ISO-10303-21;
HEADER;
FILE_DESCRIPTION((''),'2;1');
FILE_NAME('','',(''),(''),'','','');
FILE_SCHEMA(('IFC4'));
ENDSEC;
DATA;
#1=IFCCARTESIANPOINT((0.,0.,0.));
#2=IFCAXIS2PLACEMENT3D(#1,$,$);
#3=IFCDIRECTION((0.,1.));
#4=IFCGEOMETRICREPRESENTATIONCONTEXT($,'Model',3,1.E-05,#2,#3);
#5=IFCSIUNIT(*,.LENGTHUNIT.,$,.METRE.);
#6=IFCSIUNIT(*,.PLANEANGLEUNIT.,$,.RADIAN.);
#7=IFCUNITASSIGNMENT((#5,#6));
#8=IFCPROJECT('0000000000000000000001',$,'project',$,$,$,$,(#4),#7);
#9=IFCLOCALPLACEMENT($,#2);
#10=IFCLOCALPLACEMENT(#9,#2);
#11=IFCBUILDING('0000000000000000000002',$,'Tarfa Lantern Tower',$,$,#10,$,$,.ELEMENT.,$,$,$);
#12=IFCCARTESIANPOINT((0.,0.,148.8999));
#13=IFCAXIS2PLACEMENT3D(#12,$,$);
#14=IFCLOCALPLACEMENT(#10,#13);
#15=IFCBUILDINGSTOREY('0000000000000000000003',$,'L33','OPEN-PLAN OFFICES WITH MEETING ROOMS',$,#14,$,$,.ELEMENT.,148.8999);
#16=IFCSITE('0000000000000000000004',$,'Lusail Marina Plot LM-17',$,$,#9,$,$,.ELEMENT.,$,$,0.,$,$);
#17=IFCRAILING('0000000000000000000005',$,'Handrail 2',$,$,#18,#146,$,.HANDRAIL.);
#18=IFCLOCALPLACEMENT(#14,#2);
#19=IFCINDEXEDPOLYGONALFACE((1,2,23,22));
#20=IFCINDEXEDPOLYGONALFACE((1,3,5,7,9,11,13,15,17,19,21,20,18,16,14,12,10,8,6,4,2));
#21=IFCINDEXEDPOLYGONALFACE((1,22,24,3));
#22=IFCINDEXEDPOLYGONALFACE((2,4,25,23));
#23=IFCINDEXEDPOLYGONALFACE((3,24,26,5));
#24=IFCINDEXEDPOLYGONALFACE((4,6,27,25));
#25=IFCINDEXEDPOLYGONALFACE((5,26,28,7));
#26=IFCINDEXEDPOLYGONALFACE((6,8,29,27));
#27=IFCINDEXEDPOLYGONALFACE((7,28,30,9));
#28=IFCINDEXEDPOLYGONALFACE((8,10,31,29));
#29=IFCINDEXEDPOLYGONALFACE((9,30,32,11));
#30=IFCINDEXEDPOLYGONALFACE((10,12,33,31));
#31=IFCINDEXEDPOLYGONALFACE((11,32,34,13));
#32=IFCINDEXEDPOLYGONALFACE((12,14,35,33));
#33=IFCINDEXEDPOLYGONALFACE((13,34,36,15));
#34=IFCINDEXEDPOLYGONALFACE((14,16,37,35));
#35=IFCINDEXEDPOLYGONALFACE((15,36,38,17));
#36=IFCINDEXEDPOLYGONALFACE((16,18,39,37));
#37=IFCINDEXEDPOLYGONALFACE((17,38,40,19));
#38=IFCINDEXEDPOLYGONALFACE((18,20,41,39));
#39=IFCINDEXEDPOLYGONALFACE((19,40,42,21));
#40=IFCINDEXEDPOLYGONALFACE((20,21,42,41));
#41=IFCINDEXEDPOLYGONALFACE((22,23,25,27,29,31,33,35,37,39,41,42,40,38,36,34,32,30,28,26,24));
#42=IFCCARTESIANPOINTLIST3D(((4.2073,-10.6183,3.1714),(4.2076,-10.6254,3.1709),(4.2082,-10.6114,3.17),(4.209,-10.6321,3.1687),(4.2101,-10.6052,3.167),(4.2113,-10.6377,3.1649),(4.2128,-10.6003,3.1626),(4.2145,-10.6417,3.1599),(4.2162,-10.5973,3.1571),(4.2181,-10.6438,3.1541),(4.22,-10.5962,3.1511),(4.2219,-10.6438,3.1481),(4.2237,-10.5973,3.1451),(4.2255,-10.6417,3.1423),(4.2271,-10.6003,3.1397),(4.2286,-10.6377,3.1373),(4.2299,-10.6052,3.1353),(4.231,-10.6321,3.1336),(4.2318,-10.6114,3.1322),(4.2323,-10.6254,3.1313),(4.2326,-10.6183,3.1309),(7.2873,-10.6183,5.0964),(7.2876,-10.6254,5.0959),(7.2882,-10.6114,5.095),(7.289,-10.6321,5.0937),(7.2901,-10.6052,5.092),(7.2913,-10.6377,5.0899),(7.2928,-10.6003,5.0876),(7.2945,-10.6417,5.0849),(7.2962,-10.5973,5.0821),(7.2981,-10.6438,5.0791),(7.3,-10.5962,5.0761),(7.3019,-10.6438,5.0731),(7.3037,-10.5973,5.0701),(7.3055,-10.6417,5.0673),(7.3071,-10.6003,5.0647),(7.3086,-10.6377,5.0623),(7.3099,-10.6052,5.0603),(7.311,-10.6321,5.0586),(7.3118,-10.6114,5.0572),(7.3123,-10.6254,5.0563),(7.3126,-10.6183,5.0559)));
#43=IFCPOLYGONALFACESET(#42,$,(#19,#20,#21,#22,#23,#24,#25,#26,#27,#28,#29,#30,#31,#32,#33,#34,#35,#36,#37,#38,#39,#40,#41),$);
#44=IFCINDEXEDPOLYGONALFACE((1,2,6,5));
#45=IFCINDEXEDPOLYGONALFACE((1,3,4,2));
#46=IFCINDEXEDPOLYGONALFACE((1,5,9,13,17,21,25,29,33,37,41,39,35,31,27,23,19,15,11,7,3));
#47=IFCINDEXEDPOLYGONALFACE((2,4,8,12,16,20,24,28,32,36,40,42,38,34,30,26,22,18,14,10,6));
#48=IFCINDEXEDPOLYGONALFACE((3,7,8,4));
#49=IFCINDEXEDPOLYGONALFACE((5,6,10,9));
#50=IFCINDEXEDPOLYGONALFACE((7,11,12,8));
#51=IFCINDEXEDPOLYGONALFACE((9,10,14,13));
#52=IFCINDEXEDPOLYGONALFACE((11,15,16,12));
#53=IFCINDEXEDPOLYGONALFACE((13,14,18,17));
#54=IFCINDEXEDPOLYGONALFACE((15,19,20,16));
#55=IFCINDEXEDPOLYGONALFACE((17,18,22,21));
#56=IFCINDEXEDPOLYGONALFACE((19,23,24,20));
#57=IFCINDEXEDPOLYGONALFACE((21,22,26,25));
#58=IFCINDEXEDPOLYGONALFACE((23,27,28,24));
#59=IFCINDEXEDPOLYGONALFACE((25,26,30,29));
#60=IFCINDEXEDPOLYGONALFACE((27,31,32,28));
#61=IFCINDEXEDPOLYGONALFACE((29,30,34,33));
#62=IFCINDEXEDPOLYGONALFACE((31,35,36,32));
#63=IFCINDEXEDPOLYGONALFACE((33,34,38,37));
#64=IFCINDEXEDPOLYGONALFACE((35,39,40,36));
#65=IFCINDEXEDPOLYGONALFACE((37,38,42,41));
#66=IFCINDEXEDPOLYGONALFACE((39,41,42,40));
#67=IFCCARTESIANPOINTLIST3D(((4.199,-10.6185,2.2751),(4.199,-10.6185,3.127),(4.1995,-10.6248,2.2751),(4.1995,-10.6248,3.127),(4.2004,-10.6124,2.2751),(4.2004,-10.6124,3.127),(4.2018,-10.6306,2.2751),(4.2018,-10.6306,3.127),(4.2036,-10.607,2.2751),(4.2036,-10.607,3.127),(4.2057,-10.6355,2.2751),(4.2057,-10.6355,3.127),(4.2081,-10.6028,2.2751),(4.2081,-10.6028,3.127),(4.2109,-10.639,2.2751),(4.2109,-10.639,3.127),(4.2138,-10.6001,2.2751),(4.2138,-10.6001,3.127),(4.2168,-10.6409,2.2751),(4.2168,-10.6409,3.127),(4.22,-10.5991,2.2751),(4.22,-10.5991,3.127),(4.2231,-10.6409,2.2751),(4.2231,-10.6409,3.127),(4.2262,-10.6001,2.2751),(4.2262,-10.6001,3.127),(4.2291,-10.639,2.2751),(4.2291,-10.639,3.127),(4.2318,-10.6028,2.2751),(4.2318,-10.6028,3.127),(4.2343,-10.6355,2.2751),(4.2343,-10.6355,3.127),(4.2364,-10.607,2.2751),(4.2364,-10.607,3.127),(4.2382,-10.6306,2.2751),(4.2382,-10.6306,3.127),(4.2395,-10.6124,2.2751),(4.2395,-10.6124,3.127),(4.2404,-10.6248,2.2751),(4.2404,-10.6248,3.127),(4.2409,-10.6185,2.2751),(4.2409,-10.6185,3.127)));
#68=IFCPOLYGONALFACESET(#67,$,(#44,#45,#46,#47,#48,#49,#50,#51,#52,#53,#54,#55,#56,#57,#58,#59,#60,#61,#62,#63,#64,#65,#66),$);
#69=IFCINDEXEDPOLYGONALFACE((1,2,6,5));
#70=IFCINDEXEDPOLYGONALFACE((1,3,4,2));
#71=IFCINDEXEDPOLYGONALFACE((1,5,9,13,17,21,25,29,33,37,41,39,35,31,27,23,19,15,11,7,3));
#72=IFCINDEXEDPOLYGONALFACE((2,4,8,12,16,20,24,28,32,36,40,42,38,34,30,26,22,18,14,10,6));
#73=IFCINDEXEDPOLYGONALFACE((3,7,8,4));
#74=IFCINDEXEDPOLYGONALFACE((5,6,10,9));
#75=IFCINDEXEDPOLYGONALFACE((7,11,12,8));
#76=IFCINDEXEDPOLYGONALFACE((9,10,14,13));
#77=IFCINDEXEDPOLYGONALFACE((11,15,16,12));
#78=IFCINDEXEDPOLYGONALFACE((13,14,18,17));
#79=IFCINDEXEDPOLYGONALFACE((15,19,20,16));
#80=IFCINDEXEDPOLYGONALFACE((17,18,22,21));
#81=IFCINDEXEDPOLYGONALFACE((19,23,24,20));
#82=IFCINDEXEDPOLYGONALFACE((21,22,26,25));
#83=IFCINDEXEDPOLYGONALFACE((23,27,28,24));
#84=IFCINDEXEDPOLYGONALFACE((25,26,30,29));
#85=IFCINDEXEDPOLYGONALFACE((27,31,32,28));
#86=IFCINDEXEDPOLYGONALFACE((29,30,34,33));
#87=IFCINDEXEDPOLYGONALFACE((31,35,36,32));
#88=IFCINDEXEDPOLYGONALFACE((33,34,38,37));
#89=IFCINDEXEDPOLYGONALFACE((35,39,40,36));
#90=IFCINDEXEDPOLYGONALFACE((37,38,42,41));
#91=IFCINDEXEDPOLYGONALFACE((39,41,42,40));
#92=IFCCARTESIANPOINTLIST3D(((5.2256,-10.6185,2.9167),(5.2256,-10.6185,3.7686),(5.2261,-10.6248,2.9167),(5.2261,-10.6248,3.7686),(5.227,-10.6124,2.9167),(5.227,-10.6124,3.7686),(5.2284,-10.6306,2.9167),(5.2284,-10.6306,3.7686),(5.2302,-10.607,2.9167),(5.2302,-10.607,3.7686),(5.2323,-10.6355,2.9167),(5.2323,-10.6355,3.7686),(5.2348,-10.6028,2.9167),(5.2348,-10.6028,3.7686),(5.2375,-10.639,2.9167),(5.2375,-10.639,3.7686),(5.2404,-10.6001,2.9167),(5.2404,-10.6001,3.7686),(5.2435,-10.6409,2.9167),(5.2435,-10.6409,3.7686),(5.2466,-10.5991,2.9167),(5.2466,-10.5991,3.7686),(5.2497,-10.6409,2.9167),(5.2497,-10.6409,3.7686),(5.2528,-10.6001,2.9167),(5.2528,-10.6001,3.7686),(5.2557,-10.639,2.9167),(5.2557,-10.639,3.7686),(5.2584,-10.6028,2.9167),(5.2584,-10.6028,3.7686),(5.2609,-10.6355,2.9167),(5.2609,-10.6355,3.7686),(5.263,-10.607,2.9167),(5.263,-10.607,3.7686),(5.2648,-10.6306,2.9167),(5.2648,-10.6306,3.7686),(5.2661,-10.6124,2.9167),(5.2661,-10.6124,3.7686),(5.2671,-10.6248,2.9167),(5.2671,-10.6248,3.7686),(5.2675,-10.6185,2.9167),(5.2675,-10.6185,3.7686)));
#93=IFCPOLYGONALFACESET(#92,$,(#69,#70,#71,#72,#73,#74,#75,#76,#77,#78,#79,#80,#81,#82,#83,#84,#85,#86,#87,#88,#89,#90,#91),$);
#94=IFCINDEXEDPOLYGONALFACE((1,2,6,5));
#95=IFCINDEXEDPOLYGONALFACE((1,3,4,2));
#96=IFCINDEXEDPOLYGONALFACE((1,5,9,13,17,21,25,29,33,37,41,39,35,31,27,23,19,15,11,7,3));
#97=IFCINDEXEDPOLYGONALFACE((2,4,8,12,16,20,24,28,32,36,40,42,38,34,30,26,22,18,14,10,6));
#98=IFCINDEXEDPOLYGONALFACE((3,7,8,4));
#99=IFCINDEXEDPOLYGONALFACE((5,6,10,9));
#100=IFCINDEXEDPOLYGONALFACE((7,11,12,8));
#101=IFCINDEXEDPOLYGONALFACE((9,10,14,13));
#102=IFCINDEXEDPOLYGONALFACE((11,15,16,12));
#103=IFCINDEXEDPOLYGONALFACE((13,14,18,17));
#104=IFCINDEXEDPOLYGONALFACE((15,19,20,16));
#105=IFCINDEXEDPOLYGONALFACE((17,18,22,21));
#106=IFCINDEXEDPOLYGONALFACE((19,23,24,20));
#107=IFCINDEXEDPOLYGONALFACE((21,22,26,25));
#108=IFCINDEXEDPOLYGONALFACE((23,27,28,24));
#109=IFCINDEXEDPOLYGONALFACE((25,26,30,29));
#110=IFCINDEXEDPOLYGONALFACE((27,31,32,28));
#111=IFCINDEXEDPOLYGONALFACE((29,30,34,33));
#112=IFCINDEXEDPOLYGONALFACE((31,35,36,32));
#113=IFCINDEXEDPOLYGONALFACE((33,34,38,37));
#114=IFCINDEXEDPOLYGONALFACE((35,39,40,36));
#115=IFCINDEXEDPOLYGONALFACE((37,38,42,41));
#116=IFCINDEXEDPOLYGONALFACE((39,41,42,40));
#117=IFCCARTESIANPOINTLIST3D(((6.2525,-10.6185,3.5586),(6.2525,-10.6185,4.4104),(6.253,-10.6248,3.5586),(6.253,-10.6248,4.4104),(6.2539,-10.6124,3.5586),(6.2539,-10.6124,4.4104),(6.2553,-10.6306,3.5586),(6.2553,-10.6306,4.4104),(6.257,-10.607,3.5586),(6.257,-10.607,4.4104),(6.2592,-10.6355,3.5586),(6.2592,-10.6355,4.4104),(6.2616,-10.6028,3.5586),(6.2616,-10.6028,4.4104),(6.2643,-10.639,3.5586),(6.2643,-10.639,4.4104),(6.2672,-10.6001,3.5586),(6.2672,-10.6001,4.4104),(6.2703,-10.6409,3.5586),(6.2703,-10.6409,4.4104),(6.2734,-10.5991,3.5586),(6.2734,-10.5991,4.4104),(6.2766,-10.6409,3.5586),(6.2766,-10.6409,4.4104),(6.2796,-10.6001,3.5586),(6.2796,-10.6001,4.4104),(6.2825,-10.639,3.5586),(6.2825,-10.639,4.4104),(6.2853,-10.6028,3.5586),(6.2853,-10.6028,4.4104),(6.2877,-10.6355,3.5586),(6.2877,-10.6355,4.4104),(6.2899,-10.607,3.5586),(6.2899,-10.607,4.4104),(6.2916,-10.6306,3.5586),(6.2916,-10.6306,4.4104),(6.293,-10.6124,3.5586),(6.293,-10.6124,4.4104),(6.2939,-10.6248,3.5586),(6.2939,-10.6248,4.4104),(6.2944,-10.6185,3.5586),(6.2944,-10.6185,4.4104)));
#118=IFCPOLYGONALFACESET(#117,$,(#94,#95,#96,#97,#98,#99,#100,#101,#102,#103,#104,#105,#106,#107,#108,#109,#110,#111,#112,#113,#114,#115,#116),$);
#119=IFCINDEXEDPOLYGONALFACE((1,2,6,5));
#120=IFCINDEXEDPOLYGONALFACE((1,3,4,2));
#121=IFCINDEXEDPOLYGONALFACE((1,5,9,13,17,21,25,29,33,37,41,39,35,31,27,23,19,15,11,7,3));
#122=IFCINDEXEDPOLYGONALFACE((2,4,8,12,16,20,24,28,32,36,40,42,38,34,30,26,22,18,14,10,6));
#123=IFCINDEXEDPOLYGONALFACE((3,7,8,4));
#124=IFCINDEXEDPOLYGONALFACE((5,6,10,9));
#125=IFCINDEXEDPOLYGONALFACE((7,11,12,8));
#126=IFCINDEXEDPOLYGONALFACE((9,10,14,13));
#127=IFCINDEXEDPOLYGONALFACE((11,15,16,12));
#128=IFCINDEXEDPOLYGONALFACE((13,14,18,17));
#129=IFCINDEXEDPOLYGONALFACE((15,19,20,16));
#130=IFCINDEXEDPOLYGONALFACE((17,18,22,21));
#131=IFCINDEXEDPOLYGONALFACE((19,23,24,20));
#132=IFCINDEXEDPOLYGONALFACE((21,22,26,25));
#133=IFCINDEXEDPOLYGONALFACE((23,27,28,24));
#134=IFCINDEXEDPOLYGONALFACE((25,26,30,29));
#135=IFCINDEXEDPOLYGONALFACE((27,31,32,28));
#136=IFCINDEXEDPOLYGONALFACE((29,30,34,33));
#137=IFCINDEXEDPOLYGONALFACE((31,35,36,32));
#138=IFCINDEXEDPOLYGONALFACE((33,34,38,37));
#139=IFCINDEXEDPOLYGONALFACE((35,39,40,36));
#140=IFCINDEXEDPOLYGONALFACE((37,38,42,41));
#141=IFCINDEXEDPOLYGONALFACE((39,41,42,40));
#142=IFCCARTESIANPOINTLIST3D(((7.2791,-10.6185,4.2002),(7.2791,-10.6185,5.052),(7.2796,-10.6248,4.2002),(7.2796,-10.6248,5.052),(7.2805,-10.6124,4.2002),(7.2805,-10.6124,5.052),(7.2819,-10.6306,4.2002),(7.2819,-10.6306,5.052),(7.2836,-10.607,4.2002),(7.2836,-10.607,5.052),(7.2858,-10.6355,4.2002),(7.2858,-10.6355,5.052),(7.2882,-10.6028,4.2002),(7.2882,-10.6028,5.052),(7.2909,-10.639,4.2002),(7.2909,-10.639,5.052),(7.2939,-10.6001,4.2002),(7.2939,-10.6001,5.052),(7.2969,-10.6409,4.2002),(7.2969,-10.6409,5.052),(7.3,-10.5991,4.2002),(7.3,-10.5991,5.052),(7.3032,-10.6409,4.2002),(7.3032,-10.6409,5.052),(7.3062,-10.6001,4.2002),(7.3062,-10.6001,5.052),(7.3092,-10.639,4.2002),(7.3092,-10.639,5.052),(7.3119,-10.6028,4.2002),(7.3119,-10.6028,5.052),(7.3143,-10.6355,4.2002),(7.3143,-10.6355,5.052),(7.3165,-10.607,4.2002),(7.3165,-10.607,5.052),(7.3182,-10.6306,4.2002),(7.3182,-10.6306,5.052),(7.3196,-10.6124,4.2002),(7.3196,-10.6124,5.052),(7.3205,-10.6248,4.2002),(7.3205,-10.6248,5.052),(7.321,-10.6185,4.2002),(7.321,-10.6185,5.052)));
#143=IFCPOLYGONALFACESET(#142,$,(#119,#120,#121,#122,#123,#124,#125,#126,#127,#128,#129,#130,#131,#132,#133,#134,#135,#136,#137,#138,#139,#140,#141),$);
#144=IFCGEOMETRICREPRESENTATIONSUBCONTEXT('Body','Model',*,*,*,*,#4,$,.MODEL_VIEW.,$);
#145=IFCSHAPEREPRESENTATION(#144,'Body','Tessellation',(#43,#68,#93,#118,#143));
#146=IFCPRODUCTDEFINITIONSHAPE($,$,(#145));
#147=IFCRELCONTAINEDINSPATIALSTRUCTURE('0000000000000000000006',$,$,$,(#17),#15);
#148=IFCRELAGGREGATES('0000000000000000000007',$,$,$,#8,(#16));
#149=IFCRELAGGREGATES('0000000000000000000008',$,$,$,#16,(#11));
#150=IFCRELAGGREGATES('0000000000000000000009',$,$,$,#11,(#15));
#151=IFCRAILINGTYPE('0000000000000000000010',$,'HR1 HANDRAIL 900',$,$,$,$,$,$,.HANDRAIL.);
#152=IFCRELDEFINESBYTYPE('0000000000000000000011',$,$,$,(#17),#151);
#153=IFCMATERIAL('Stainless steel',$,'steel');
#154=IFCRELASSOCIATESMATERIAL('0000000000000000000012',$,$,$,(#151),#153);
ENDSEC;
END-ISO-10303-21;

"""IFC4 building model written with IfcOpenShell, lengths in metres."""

from ifc_helpers import new_model, si_unit, direction, frame, origin, origin_2d, place, context, subcontext, project, spatial, circle, extrude, material, type_object, element, save


model = new_model("IFC4")

# Units and contexts
model_context = context("Model", 3, precision=1e-05, world=origin(), true_north=direction((0.0, 1.0)))
body_context = subcontext(model_context, "Body", "Model", "MODEL_VIEW")
ifc_project = project(units=[si_unit("LENGTHUNIT", "METRE"), si_unit("PLANEANGLEUNIT", "RADIAN")], contexts=[model_context])

# Site, building, storey
site_placement = place(None, origin())
site = spatial("IfcSite", under=ifc_project, at=site_placement, Name="Lusail Marina Plot LM-17", CompositionType="ELEMENT", RefElevation=0.0)
building_placement = place(site_placement, origin())
building = spatial("IfcBuilding", under=site, at=building_placement, Name="Tarfa Lantern Tower", CompositionType="ELEMENT")
storey_placement = place(building_placement, frame((0.0, 0.0, 148.8999)))
storey = spatial("IfcBuildingStorey", under=building, at=storey_placement, Name="L33", Description="OPEN-PLAN OFFICES WITH MEETING ROOMS", CompositionType="ELEMENT", Elevation=148.8999)

# Railing
ifc_material_1 = material(Name="Stainless steel", Category="steel")
railing_type = type_object("IfcRailingType", Name="HR1 HANDRAIL 900", PredefinedType="HANDRAIL", material=ifc_material_1)
railing_1_placement = place(storey_placement, frame((4.22, -10.6201, 2.2751)))
element("IfcRailing", 1, at=railing_1_placement, inside=storey, type_object=railing_type, Name="Handrail 2", PredefinedType="HANDRAIL", context=body_context, shape_type="SweptSolid", body=[
    extrude(circle(Radius=0.0239, at=origin_2d()), frame((0.0, 0.0, 0.876), z_axis=(0.847998, 0.0, 0.529999), x_axis=(0.0, 1.0, 0.0)), (0.0, 0.0, 1.0), 3.6321),
    extrude(circle(Radius=0.021, at=origin_2d()), frame((0.0, 0.0, 0.0), z_axis=(0.0, 0.0, 1.0), x_axis=(0.0, 1.0, 0.0)), (0.0, 0.0, 1.0), 0.8518),
    extrude(circle(Radius=0.021, at=origin_2d()), frame((1.0266, 0.0, 0.6416), z_axis=(0.0, 0.0, 1.0), x_axis=(0.0, 1.0, 0.0)), (0.0, 0.0, 1.0), 0.8518),
    extrude(circle(Radius=0.021, at=origin_2d()), frame((2.0535, 0.0, 1.2834), z_axis=(0.0, 0.0, 1.0), x_axis=(0.0, 1.0, 0.0)), (0.0, 0.0, 1.0), 0.8518),
    extrude(circle(Radius=0.021, at=origin_2d()), frame((3.0801, 0.0, 1.925), z_axis=(0.0, 0.0, 1.0), x_axis=(0.0, 1.0, 0.0)), (0.0, 0.0, 1.0), 0.8518),
])

save(model, "model.ifc")
